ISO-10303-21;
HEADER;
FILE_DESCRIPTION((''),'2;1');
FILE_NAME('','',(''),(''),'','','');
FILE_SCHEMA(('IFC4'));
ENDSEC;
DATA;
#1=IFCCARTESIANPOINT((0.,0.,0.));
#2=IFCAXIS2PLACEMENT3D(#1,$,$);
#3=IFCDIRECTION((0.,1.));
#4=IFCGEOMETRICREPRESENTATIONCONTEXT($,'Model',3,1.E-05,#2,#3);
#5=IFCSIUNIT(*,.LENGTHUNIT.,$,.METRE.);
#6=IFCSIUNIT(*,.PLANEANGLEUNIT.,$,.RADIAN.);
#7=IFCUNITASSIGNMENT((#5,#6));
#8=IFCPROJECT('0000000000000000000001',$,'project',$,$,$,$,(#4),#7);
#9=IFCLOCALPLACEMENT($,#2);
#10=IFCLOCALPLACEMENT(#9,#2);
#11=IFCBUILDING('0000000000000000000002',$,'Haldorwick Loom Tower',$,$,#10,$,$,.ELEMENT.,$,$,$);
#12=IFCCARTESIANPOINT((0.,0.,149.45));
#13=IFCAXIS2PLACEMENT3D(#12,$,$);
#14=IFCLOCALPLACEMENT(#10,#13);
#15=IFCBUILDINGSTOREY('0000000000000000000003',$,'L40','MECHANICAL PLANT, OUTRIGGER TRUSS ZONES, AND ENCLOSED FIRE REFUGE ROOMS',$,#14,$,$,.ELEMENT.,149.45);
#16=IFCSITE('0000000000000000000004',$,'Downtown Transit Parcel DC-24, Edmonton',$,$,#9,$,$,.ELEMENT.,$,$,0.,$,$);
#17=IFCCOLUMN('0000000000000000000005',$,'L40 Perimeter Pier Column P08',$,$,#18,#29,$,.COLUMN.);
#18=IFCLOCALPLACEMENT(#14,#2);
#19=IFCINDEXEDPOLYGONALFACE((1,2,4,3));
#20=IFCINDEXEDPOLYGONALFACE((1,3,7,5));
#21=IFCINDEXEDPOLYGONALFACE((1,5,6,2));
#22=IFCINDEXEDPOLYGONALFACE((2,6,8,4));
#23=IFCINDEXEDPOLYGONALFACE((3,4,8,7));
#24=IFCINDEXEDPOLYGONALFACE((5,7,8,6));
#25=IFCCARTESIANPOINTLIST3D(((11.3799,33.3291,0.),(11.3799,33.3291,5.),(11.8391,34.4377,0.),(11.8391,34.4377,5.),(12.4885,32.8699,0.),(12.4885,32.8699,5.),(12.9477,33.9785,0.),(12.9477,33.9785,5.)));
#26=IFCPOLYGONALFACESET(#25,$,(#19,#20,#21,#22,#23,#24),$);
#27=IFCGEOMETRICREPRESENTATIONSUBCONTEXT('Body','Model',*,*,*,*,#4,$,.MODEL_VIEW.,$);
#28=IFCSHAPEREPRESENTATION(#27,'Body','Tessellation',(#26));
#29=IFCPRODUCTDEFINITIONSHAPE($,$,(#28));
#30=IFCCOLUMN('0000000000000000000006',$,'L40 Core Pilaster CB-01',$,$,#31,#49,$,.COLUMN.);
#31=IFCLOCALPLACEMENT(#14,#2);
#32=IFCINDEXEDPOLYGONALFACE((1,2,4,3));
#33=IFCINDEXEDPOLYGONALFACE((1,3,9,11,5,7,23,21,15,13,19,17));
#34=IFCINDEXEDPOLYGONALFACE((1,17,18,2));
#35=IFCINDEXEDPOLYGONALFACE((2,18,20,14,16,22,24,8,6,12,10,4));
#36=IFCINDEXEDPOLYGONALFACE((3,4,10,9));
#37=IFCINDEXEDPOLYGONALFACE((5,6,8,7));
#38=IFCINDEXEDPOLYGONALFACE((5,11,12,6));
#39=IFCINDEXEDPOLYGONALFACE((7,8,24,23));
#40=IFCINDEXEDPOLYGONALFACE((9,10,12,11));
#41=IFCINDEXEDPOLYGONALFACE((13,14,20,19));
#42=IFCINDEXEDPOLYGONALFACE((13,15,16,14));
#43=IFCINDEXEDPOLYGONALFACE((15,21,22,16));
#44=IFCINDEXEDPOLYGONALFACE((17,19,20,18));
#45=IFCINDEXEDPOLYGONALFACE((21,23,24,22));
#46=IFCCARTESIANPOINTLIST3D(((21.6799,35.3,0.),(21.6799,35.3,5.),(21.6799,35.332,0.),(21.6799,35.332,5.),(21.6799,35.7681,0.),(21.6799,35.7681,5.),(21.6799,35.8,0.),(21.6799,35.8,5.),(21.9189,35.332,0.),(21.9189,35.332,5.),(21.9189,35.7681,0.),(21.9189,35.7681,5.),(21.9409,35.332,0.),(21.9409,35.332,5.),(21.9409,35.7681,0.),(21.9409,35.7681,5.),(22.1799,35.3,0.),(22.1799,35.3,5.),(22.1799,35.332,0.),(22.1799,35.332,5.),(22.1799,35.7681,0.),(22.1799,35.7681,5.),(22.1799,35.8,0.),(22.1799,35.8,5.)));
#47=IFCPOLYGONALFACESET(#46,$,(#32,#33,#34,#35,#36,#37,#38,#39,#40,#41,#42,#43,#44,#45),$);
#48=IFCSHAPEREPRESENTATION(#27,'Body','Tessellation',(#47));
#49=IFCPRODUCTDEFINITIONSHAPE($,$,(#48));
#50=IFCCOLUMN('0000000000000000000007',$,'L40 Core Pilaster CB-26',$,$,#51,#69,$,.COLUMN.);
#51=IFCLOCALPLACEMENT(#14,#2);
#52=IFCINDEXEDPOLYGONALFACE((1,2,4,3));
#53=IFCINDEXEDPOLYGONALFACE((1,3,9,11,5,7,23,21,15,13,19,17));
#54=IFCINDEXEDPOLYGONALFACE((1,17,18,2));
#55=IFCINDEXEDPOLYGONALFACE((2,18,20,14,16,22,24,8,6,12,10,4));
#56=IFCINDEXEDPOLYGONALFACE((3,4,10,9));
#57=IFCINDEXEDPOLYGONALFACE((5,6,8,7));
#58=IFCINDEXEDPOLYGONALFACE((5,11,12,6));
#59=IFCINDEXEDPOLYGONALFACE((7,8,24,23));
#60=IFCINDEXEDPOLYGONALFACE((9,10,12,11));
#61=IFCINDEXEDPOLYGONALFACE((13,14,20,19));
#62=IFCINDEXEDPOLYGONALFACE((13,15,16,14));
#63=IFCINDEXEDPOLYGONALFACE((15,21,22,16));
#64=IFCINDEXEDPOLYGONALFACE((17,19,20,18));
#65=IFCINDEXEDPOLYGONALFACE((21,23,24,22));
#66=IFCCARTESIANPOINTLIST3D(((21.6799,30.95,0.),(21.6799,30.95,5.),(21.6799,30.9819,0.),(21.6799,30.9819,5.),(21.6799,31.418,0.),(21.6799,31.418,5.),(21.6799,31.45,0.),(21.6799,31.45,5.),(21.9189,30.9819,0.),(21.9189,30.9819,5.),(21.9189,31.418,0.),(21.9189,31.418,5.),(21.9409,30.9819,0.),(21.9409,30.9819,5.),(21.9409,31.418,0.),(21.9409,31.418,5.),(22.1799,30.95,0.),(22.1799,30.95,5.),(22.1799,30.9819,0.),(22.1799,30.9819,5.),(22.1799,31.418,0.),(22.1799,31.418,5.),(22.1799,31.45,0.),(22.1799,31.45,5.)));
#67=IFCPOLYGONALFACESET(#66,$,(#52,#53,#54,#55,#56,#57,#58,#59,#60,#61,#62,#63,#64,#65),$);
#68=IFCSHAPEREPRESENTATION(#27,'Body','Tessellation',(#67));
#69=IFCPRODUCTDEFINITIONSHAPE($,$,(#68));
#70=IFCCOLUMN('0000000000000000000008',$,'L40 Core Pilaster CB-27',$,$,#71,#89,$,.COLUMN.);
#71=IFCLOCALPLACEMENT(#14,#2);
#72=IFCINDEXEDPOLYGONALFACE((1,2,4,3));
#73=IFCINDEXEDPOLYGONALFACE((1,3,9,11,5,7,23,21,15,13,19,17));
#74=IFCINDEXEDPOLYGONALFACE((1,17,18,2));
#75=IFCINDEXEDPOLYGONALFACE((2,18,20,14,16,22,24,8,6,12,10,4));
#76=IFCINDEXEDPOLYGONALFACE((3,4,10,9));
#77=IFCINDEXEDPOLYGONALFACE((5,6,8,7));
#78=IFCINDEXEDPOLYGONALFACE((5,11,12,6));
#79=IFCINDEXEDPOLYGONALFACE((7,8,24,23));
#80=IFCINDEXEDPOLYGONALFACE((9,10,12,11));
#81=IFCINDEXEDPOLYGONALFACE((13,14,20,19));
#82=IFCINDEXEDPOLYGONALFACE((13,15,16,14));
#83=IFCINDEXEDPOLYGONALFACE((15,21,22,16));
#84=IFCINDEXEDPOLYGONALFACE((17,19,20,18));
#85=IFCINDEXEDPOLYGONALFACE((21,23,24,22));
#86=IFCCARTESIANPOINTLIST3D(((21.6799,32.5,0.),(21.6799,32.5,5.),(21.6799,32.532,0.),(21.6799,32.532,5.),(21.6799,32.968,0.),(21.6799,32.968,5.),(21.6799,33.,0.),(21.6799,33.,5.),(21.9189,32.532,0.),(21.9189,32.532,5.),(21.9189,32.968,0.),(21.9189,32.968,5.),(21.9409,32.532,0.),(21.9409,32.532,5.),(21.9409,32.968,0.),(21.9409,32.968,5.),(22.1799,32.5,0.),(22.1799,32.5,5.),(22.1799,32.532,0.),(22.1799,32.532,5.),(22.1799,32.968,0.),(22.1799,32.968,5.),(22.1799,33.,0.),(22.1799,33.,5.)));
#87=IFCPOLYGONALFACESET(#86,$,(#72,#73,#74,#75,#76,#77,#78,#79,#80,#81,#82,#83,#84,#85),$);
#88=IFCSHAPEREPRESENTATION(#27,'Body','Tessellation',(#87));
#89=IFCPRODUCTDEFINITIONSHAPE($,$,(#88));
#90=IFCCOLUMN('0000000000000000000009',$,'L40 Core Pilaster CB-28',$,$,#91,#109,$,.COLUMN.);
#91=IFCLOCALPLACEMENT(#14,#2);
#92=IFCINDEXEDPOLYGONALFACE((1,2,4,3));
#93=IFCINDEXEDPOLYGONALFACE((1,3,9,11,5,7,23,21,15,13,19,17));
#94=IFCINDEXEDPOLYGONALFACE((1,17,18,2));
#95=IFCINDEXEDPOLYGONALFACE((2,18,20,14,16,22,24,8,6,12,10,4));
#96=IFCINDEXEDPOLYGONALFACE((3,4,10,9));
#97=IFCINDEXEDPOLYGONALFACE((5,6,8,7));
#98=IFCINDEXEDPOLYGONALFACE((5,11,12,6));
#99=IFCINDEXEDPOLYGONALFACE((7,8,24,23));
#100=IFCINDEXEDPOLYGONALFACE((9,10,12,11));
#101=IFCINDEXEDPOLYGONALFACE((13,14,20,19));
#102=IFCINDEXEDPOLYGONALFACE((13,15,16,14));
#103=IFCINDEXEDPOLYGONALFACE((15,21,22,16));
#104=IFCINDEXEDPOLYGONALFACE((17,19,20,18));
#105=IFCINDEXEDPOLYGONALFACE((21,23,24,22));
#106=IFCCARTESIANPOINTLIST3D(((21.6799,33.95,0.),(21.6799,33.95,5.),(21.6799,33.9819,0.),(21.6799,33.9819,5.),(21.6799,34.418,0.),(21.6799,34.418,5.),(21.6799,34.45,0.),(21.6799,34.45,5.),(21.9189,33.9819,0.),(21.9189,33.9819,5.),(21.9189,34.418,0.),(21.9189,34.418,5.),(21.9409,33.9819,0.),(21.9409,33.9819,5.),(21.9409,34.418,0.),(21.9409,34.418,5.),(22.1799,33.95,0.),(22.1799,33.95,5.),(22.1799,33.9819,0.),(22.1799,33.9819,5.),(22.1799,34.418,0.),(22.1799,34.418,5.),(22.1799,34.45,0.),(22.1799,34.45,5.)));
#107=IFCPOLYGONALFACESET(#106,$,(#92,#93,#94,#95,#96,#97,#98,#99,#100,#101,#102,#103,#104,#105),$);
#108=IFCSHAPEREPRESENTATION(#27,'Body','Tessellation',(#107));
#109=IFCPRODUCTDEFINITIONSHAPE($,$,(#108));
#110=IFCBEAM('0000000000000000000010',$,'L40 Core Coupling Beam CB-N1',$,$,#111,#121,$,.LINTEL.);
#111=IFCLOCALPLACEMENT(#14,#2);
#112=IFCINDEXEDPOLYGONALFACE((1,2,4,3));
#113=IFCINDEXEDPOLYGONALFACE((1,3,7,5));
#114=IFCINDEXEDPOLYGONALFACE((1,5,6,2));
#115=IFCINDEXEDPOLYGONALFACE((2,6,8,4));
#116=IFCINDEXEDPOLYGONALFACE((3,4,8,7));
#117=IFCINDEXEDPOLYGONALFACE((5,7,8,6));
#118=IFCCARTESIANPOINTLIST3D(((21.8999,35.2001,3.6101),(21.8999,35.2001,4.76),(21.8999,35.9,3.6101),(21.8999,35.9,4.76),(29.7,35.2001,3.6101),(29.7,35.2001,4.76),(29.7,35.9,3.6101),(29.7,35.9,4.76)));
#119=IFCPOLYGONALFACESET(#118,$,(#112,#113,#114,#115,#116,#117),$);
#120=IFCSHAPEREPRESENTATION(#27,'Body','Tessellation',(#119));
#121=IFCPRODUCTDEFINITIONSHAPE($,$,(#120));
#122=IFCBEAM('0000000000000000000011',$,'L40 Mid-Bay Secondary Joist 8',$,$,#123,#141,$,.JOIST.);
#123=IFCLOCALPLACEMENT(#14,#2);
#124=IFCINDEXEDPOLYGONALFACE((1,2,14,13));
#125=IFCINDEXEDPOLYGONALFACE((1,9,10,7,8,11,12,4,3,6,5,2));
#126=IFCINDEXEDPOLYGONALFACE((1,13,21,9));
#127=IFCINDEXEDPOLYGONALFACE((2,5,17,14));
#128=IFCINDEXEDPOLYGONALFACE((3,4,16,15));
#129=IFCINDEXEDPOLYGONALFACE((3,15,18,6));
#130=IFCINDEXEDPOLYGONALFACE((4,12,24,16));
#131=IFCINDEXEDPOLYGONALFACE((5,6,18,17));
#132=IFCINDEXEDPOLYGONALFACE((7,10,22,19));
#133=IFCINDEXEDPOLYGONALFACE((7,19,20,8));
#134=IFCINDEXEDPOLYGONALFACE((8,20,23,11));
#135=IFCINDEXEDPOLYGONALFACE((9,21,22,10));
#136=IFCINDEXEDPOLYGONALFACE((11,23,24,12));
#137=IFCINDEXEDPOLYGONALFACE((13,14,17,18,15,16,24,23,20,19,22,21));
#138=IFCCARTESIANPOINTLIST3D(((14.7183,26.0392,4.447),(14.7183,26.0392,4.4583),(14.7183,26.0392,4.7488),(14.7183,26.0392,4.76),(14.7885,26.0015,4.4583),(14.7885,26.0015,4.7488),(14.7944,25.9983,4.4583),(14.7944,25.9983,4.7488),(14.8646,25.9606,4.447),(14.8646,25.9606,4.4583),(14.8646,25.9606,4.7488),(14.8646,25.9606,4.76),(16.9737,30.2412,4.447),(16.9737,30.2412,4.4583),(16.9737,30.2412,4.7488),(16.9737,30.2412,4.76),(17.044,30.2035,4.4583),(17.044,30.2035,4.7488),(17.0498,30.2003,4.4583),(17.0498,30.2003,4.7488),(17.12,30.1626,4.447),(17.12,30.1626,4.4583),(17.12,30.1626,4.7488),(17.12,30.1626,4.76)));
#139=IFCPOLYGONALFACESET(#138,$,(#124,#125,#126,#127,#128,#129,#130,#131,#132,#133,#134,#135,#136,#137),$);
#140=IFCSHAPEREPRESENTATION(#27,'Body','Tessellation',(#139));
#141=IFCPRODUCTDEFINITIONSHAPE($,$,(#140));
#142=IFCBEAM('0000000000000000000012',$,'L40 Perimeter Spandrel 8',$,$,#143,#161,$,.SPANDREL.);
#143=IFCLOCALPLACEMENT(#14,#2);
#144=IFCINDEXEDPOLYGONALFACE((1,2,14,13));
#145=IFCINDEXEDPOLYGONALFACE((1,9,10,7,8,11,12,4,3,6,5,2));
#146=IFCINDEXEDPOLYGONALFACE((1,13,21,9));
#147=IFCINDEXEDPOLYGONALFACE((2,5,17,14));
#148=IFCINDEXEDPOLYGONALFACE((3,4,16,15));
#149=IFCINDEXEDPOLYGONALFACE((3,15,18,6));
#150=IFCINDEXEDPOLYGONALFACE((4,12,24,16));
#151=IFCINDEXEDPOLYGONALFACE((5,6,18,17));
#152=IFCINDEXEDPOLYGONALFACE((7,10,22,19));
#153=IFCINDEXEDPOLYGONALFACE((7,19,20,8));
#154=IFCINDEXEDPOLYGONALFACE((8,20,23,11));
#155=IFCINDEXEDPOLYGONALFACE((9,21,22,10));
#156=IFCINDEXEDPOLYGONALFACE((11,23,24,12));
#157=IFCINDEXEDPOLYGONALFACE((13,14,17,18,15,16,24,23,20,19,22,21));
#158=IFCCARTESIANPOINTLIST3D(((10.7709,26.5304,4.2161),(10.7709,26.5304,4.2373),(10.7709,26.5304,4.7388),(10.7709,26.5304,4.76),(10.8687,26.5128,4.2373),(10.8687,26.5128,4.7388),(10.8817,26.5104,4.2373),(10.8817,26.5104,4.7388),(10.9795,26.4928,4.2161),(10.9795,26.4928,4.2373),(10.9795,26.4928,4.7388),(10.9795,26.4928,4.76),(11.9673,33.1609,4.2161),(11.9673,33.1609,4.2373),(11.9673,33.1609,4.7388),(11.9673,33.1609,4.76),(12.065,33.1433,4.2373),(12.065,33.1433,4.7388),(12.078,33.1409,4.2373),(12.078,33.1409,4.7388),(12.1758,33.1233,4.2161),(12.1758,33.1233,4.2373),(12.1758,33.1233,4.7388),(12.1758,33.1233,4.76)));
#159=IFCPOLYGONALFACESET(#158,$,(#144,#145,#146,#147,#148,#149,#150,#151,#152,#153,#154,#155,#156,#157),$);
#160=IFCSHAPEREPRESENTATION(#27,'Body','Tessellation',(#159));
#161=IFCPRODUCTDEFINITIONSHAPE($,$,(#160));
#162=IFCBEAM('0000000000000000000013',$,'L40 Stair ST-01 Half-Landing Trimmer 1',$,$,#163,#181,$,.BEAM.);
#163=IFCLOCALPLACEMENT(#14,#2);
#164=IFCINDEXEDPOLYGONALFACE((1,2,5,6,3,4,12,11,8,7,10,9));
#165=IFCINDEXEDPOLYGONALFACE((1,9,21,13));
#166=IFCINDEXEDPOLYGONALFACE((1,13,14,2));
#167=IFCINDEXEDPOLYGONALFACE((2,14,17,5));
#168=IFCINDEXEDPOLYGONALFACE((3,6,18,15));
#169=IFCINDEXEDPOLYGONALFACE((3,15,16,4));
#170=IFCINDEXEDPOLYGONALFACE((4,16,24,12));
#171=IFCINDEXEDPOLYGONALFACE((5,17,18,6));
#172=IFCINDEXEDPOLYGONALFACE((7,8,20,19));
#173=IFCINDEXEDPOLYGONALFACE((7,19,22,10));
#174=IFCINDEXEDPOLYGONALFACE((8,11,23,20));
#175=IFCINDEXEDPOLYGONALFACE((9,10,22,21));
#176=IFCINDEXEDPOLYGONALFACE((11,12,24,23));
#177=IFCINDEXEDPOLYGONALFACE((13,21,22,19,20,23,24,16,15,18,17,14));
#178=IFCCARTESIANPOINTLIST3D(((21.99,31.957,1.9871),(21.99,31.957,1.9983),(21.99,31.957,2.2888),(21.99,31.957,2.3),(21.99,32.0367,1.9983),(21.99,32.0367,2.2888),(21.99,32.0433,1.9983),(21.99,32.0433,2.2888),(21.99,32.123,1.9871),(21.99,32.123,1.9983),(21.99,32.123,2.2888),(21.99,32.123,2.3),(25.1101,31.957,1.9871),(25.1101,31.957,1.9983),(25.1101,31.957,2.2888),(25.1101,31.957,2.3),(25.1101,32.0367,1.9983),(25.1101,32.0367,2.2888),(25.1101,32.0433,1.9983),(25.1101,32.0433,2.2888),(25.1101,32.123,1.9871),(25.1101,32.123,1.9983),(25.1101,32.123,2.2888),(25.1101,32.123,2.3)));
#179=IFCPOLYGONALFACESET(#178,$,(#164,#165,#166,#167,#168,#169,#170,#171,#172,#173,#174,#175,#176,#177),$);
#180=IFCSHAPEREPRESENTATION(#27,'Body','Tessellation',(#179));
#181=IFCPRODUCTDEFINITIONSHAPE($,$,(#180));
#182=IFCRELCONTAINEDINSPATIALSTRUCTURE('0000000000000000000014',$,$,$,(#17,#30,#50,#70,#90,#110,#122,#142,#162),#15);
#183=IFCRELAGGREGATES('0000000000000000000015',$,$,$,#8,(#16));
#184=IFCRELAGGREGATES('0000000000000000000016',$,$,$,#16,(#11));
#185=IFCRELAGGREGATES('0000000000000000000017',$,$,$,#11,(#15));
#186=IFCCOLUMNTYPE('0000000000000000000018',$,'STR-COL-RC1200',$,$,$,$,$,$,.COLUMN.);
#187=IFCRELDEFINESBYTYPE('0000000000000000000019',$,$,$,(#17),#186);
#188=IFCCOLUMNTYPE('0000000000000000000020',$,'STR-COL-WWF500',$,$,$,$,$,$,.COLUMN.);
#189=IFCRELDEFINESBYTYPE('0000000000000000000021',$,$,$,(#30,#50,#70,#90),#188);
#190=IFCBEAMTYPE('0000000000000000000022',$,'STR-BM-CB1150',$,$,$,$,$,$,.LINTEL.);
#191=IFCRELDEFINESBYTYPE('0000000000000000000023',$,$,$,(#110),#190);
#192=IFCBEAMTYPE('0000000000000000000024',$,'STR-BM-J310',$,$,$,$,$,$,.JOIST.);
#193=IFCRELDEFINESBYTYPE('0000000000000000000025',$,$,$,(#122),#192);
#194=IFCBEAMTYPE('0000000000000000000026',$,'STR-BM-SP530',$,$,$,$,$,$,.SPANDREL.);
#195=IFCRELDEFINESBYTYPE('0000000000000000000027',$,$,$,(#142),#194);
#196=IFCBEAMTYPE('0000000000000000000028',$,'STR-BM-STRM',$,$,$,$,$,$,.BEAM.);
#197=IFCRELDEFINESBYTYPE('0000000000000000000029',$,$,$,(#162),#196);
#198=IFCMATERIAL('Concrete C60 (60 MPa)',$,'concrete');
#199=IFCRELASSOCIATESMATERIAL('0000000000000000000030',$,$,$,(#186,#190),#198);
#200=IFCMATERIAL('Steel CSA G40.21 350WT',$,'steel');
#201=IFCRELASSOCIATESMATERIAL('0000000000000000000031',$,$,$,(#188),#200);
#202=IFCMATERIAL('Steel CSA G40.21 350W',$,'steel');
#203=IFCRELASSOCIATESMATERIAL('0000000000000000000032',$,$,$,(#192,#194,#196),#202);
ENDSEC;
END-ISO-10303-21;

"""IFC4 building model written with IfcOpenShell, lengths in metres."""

from ifc_helpers import new_model, si_unit, direction, frame, origin, origin_2d, place, context, subcontext, project, spatial, rectangle, i_section, extrude, material, material_profile, profile_set, type_object, element, save


model = new_model("IFC4")

# Units and contexts
model_context = context("Model", 3, precision=1e-05, world=origin(), true_north=direction((0.0, 1.0)))
body_context = subcontext(model_context, "Body", "Model", "MODEL_VIEW")
ifc_project = project(units=[si_unit("LENGTHUNIT", "METRE"), si_unit("PLANEANGLEUNIT", "RADIAN")], contexts=[model_context])

# Site, building, storey
site_placement = place(None, origin())
site = spatial("IfcSite", under=ifc_project, at=site_placement, Name="Downtown Transit Parcel DC-24, Edmonton", CompositionType="ELEMENT", RefElevation=0.0)
building_placement = place(site_placement, origin())
building = spatial("IfcBuilding", under=site, at=building_placement, Name="Haldorwick Loom Tower", CompositionType="ELEMENT")
storey_placement = place(building_placement, frame((0.0, 0.0, 149.45)))
storey = spatial("IfcBuildingStorey", under=building, at=storey_placement, Name="L40", Description="MECHANICAL PLANT, OUTRIGGER TRUSS ZONES, AND ENCLOSED FIRE REFUGE ROOMS", CompositionType="ELEMENT", Elevation=149.45)

# Columns
ifc_material_1 = material(Name="Concrete C60 (60 MPa)", Category="concrete")
ifc_material_profile_1 = material_profile(ifc_material_1, rectangle(XDim=1.2, YDim=1.2, at=origin_2d()), Name="RC1200X1200", Category="concrete")
ifc_profile_set_1 = profile_set([ifc_material_profile_1], Name="Concrete C60 (60 MPa)")
column_type_1 = type_object("IfcColumnType", Name="STR-COL-RC1200", PredefinedType="COLUMN", material=ifc_profile_set_1)
column_placement = place(storey_placement, frame((12.1638, 33.6538, 0.0), z_axis=(0.0, 0.0, 1.0), x_axis=(-0.92388, 0.382683, 0.0)))
element("IfcColumn", 1, at=column_placement, inside=storey, type_object=column_type_1, Name="L40 Perimeter Pier Column P08", PredefinedType="COLUMN", context=body_context, shape_type="SweptSolid", body=[
    extrude(rectangle(XDim=1.2, YDim=1.2, at=origin_2d()), origin(), (0.0, 0.0, 1.0), 5.0),
])
ifc_material_2 = material(Name="Steel CSA G40.21 350WT", Category="steel")
ifc_material_profile_2 = material_profile(ifc_material_2, i_section(OverallWidth=0.5, OverallDepth=0.5, WebThickness=0.022, FlangeThickness=0.032, at=origin_2d()), Name="WWF500X500", Category="steel")
ifc_profile_set_2 = profile_set([ifc_material_profile_2], Name="Steel CSA G40.21 350WT")
column_type_2 = type_object("IfcColumnType", Name="STR-COL-WWF500", PredefinedType="COLUMN", material=ifc_profile_set_2)
for number, where, z_axis, x_axis, name in (
    (2, (21.9299, 35.55, 0.0), (0.0, 0.0, 1.0), (1.0, 0.0, 0.0), "L40 Core Pilaster CB-01"),
    (3, (21.9299, 31.2, 0.0), (0.0, 0.0, 1.0), (1.0, 0.0, 0.0), "L40 Core Pilaster CB-26"),
    (4, (21.9299, 32.75, 0.0), (0.0, 0.0, 1.0), (1.0, 0.0, 0.0), "L40 Core Pilaster CB-27"),
    (5, (21.9299, 34.2, 0.0), (0.0, 0.0, 1.0), (1.0, 0.0, 0.0), "L40 Core Pilaster CB-28"),
):
    element("IfcColumn", number, at=place(storey_placement, frame(where, z_axis=z_axis, x_axis=x_axis)), inside=storey, type_object=column_type_2, Name=name, PredefinedType="COLUMN", context=body_context, shape_type="SweptSolid", body=[
        extrude(i_section(OverallWidth=0.5, OverallDepth=0.5, WebThickness=0.022, FlangeThickness=0.032, at=origin_2d()), origin(), (0.0, 0.0, 1.0), 5.0),
    ])

# Beams
ifc_material_profile_3 = material_profile(ifc_material_1, rectangle(XDim=0.7, YDim=1.1499, at=origin_2d()), Name="RC700X1150", Category="concrete")
ifc_profile_set_3 = profile_set([ifc_material_profile_3], Name="Concrete C60 (60 MPa)")
beam_type_1 = type_object("IfcBeamType", Name="STR-BM-CB1150", PredefinedType="LINTEL", material=ifc_profile_set_3)
beam_1_placement = place(storey_placement, frame((21.8999, 35.55, 4.1851), z_axis=(1.0, 0.0, 0.0), x_axis=(0.0, 1.0, 0.0)))
element("IfcBeam", 6, at=beam_1_placement, inside=storey, type_object=beam_type_1, Name="L40 Core Coupling Beam CB-N1", PredefinedType="LINTEL", context=body_context, shape_type="SweptSolid", body=[
    extrude(rectangle(XDim=0.7, YDim=1.1499, at=origin_2d()), origin(), (0.0, 0.0, 1.0), 7.8),
])
ifc_material_3 = material(Name="Steel CSA G40.21 350W", Category="steel")
ifc_material_profile_4 = material_profile(ifc_material_3, i_section(OverallWidth=0.166, OverallDepth=0.313, WebThickness=0.0066, FlangeThickness=0.0112, at=origin_2d()), Name="W310X45", Category="steel")
ifc_profile_set_4 = profile_set([ifc_material_profile_4], Name="Steel CSA G40.21 350W")
beam_type_2 = type_object("IfcBeamType", Name="STR-BM-J310", PredefinedType="JOIST", material=ifc_profile_set_4)
beam_2_placement = place(storey_placement, frame((17.0469, 30.2019, 4.6035), z_axis=(-0.47293, -0.8811, 0.0), x_axis=(0.8811, -0.47293, 0.0)))
element("IfcBeam", 7, at=beam_2_placement, inside=storey, type_object=beam_type_2, Name="L40 Mid-Bay Secondary Joist 8", PredefinedType="JOIST", context=body_context, shape_type="SweptSolid", body=[
    extrude(i_section(OverallWidth=0.166, OverallDepth=0.313, WebThickness=0.0066, FlangeThickness=0.0112, at=origin_2d()), origin(), (0.0, 0.0, 1.0), 4.769),
])
ifc_material_profile_5 = material_profile(ifc_material_3, i_section(OverallWidth=0.2119, OverallDepth=0.5439, WebThickness=0.0132, FlangeThickness=0.0212, at=origin_2d()), Name="W530X123", Category="steel")
ifc_profile_set_5 = profile_set([ifc_material_profile_5], Name="Steel CSA G40.21 350W")
beam_type_3 = type_object("IfcBeamType", Name="STR-BM-SP530", PredefinedType="SPANDREL", material=ifc_profile_set_5)
beam_3_placement = place(storey_placement, frame((12.0715, 33.1421, 4.488), z_axis=(-0.177559, -0.98411, 0.0), x_axis=(0.98411, -0.177559, 0.0)))
element("IfcBeam", 8, at=beam_3_placement, inside=storey, type_object=beam_type_3, Name="L40 Perimeter Spandrel 8", PredefinedType="SPANDREL", context=body_context, shape_type="SweptSolid", body=[
    extrude(i_section(OverallWidth=0.2119, OverallDepth=0.5439, WebThickness=0.0132, FlangeThickness=0.0212, at=origin_2d()), origin(), (0.0, 0.0, 1.0), 6.7375),
])
ifc_material_profile_6 = material_profile(ifc_material_3, i_section(OverallWidth=0.166, OverallDepth=0.313, WebThickness=0.0066, FlangeThickness=0.0112, at=origin_2d()), Name="W310X45", Category="steel")
ifc_profile_set_6 = profile_set([ifc_material_profile_6], Name="Steel CSA G40.21 350W")
beam_type_4 = type_object("IfcBeamType", Name="STR-BM-STRM", PredefinedType="BEAM", material=ifc_profile_set_6)
beam_4_placement = place(storey_placement, frame((21.99, 32.04, 2.1436), z_axis=(1.0, 0.0, 0.0), x_axis=(0.0, 1.0, 0.0)))
element("IfcBeam", 9, at=beam_4_placement, inside=storey, type_object=beam_type_4, Name="L40 Stair ST-01 Half-Landing Trimmer 1", PredefinedType="BEAM", context=body_context, shape_type="SweptSolid", body=[
    extrude(i_section(OverallWidth=0.166, OverallDepth=0.313, WebThickness=0.0066, FlangeThickness=0.0112, at=origin_2d()), origin(), (0.0, 0.0, 1.0), 3.1201),
])

save(model, "model.ifc")
